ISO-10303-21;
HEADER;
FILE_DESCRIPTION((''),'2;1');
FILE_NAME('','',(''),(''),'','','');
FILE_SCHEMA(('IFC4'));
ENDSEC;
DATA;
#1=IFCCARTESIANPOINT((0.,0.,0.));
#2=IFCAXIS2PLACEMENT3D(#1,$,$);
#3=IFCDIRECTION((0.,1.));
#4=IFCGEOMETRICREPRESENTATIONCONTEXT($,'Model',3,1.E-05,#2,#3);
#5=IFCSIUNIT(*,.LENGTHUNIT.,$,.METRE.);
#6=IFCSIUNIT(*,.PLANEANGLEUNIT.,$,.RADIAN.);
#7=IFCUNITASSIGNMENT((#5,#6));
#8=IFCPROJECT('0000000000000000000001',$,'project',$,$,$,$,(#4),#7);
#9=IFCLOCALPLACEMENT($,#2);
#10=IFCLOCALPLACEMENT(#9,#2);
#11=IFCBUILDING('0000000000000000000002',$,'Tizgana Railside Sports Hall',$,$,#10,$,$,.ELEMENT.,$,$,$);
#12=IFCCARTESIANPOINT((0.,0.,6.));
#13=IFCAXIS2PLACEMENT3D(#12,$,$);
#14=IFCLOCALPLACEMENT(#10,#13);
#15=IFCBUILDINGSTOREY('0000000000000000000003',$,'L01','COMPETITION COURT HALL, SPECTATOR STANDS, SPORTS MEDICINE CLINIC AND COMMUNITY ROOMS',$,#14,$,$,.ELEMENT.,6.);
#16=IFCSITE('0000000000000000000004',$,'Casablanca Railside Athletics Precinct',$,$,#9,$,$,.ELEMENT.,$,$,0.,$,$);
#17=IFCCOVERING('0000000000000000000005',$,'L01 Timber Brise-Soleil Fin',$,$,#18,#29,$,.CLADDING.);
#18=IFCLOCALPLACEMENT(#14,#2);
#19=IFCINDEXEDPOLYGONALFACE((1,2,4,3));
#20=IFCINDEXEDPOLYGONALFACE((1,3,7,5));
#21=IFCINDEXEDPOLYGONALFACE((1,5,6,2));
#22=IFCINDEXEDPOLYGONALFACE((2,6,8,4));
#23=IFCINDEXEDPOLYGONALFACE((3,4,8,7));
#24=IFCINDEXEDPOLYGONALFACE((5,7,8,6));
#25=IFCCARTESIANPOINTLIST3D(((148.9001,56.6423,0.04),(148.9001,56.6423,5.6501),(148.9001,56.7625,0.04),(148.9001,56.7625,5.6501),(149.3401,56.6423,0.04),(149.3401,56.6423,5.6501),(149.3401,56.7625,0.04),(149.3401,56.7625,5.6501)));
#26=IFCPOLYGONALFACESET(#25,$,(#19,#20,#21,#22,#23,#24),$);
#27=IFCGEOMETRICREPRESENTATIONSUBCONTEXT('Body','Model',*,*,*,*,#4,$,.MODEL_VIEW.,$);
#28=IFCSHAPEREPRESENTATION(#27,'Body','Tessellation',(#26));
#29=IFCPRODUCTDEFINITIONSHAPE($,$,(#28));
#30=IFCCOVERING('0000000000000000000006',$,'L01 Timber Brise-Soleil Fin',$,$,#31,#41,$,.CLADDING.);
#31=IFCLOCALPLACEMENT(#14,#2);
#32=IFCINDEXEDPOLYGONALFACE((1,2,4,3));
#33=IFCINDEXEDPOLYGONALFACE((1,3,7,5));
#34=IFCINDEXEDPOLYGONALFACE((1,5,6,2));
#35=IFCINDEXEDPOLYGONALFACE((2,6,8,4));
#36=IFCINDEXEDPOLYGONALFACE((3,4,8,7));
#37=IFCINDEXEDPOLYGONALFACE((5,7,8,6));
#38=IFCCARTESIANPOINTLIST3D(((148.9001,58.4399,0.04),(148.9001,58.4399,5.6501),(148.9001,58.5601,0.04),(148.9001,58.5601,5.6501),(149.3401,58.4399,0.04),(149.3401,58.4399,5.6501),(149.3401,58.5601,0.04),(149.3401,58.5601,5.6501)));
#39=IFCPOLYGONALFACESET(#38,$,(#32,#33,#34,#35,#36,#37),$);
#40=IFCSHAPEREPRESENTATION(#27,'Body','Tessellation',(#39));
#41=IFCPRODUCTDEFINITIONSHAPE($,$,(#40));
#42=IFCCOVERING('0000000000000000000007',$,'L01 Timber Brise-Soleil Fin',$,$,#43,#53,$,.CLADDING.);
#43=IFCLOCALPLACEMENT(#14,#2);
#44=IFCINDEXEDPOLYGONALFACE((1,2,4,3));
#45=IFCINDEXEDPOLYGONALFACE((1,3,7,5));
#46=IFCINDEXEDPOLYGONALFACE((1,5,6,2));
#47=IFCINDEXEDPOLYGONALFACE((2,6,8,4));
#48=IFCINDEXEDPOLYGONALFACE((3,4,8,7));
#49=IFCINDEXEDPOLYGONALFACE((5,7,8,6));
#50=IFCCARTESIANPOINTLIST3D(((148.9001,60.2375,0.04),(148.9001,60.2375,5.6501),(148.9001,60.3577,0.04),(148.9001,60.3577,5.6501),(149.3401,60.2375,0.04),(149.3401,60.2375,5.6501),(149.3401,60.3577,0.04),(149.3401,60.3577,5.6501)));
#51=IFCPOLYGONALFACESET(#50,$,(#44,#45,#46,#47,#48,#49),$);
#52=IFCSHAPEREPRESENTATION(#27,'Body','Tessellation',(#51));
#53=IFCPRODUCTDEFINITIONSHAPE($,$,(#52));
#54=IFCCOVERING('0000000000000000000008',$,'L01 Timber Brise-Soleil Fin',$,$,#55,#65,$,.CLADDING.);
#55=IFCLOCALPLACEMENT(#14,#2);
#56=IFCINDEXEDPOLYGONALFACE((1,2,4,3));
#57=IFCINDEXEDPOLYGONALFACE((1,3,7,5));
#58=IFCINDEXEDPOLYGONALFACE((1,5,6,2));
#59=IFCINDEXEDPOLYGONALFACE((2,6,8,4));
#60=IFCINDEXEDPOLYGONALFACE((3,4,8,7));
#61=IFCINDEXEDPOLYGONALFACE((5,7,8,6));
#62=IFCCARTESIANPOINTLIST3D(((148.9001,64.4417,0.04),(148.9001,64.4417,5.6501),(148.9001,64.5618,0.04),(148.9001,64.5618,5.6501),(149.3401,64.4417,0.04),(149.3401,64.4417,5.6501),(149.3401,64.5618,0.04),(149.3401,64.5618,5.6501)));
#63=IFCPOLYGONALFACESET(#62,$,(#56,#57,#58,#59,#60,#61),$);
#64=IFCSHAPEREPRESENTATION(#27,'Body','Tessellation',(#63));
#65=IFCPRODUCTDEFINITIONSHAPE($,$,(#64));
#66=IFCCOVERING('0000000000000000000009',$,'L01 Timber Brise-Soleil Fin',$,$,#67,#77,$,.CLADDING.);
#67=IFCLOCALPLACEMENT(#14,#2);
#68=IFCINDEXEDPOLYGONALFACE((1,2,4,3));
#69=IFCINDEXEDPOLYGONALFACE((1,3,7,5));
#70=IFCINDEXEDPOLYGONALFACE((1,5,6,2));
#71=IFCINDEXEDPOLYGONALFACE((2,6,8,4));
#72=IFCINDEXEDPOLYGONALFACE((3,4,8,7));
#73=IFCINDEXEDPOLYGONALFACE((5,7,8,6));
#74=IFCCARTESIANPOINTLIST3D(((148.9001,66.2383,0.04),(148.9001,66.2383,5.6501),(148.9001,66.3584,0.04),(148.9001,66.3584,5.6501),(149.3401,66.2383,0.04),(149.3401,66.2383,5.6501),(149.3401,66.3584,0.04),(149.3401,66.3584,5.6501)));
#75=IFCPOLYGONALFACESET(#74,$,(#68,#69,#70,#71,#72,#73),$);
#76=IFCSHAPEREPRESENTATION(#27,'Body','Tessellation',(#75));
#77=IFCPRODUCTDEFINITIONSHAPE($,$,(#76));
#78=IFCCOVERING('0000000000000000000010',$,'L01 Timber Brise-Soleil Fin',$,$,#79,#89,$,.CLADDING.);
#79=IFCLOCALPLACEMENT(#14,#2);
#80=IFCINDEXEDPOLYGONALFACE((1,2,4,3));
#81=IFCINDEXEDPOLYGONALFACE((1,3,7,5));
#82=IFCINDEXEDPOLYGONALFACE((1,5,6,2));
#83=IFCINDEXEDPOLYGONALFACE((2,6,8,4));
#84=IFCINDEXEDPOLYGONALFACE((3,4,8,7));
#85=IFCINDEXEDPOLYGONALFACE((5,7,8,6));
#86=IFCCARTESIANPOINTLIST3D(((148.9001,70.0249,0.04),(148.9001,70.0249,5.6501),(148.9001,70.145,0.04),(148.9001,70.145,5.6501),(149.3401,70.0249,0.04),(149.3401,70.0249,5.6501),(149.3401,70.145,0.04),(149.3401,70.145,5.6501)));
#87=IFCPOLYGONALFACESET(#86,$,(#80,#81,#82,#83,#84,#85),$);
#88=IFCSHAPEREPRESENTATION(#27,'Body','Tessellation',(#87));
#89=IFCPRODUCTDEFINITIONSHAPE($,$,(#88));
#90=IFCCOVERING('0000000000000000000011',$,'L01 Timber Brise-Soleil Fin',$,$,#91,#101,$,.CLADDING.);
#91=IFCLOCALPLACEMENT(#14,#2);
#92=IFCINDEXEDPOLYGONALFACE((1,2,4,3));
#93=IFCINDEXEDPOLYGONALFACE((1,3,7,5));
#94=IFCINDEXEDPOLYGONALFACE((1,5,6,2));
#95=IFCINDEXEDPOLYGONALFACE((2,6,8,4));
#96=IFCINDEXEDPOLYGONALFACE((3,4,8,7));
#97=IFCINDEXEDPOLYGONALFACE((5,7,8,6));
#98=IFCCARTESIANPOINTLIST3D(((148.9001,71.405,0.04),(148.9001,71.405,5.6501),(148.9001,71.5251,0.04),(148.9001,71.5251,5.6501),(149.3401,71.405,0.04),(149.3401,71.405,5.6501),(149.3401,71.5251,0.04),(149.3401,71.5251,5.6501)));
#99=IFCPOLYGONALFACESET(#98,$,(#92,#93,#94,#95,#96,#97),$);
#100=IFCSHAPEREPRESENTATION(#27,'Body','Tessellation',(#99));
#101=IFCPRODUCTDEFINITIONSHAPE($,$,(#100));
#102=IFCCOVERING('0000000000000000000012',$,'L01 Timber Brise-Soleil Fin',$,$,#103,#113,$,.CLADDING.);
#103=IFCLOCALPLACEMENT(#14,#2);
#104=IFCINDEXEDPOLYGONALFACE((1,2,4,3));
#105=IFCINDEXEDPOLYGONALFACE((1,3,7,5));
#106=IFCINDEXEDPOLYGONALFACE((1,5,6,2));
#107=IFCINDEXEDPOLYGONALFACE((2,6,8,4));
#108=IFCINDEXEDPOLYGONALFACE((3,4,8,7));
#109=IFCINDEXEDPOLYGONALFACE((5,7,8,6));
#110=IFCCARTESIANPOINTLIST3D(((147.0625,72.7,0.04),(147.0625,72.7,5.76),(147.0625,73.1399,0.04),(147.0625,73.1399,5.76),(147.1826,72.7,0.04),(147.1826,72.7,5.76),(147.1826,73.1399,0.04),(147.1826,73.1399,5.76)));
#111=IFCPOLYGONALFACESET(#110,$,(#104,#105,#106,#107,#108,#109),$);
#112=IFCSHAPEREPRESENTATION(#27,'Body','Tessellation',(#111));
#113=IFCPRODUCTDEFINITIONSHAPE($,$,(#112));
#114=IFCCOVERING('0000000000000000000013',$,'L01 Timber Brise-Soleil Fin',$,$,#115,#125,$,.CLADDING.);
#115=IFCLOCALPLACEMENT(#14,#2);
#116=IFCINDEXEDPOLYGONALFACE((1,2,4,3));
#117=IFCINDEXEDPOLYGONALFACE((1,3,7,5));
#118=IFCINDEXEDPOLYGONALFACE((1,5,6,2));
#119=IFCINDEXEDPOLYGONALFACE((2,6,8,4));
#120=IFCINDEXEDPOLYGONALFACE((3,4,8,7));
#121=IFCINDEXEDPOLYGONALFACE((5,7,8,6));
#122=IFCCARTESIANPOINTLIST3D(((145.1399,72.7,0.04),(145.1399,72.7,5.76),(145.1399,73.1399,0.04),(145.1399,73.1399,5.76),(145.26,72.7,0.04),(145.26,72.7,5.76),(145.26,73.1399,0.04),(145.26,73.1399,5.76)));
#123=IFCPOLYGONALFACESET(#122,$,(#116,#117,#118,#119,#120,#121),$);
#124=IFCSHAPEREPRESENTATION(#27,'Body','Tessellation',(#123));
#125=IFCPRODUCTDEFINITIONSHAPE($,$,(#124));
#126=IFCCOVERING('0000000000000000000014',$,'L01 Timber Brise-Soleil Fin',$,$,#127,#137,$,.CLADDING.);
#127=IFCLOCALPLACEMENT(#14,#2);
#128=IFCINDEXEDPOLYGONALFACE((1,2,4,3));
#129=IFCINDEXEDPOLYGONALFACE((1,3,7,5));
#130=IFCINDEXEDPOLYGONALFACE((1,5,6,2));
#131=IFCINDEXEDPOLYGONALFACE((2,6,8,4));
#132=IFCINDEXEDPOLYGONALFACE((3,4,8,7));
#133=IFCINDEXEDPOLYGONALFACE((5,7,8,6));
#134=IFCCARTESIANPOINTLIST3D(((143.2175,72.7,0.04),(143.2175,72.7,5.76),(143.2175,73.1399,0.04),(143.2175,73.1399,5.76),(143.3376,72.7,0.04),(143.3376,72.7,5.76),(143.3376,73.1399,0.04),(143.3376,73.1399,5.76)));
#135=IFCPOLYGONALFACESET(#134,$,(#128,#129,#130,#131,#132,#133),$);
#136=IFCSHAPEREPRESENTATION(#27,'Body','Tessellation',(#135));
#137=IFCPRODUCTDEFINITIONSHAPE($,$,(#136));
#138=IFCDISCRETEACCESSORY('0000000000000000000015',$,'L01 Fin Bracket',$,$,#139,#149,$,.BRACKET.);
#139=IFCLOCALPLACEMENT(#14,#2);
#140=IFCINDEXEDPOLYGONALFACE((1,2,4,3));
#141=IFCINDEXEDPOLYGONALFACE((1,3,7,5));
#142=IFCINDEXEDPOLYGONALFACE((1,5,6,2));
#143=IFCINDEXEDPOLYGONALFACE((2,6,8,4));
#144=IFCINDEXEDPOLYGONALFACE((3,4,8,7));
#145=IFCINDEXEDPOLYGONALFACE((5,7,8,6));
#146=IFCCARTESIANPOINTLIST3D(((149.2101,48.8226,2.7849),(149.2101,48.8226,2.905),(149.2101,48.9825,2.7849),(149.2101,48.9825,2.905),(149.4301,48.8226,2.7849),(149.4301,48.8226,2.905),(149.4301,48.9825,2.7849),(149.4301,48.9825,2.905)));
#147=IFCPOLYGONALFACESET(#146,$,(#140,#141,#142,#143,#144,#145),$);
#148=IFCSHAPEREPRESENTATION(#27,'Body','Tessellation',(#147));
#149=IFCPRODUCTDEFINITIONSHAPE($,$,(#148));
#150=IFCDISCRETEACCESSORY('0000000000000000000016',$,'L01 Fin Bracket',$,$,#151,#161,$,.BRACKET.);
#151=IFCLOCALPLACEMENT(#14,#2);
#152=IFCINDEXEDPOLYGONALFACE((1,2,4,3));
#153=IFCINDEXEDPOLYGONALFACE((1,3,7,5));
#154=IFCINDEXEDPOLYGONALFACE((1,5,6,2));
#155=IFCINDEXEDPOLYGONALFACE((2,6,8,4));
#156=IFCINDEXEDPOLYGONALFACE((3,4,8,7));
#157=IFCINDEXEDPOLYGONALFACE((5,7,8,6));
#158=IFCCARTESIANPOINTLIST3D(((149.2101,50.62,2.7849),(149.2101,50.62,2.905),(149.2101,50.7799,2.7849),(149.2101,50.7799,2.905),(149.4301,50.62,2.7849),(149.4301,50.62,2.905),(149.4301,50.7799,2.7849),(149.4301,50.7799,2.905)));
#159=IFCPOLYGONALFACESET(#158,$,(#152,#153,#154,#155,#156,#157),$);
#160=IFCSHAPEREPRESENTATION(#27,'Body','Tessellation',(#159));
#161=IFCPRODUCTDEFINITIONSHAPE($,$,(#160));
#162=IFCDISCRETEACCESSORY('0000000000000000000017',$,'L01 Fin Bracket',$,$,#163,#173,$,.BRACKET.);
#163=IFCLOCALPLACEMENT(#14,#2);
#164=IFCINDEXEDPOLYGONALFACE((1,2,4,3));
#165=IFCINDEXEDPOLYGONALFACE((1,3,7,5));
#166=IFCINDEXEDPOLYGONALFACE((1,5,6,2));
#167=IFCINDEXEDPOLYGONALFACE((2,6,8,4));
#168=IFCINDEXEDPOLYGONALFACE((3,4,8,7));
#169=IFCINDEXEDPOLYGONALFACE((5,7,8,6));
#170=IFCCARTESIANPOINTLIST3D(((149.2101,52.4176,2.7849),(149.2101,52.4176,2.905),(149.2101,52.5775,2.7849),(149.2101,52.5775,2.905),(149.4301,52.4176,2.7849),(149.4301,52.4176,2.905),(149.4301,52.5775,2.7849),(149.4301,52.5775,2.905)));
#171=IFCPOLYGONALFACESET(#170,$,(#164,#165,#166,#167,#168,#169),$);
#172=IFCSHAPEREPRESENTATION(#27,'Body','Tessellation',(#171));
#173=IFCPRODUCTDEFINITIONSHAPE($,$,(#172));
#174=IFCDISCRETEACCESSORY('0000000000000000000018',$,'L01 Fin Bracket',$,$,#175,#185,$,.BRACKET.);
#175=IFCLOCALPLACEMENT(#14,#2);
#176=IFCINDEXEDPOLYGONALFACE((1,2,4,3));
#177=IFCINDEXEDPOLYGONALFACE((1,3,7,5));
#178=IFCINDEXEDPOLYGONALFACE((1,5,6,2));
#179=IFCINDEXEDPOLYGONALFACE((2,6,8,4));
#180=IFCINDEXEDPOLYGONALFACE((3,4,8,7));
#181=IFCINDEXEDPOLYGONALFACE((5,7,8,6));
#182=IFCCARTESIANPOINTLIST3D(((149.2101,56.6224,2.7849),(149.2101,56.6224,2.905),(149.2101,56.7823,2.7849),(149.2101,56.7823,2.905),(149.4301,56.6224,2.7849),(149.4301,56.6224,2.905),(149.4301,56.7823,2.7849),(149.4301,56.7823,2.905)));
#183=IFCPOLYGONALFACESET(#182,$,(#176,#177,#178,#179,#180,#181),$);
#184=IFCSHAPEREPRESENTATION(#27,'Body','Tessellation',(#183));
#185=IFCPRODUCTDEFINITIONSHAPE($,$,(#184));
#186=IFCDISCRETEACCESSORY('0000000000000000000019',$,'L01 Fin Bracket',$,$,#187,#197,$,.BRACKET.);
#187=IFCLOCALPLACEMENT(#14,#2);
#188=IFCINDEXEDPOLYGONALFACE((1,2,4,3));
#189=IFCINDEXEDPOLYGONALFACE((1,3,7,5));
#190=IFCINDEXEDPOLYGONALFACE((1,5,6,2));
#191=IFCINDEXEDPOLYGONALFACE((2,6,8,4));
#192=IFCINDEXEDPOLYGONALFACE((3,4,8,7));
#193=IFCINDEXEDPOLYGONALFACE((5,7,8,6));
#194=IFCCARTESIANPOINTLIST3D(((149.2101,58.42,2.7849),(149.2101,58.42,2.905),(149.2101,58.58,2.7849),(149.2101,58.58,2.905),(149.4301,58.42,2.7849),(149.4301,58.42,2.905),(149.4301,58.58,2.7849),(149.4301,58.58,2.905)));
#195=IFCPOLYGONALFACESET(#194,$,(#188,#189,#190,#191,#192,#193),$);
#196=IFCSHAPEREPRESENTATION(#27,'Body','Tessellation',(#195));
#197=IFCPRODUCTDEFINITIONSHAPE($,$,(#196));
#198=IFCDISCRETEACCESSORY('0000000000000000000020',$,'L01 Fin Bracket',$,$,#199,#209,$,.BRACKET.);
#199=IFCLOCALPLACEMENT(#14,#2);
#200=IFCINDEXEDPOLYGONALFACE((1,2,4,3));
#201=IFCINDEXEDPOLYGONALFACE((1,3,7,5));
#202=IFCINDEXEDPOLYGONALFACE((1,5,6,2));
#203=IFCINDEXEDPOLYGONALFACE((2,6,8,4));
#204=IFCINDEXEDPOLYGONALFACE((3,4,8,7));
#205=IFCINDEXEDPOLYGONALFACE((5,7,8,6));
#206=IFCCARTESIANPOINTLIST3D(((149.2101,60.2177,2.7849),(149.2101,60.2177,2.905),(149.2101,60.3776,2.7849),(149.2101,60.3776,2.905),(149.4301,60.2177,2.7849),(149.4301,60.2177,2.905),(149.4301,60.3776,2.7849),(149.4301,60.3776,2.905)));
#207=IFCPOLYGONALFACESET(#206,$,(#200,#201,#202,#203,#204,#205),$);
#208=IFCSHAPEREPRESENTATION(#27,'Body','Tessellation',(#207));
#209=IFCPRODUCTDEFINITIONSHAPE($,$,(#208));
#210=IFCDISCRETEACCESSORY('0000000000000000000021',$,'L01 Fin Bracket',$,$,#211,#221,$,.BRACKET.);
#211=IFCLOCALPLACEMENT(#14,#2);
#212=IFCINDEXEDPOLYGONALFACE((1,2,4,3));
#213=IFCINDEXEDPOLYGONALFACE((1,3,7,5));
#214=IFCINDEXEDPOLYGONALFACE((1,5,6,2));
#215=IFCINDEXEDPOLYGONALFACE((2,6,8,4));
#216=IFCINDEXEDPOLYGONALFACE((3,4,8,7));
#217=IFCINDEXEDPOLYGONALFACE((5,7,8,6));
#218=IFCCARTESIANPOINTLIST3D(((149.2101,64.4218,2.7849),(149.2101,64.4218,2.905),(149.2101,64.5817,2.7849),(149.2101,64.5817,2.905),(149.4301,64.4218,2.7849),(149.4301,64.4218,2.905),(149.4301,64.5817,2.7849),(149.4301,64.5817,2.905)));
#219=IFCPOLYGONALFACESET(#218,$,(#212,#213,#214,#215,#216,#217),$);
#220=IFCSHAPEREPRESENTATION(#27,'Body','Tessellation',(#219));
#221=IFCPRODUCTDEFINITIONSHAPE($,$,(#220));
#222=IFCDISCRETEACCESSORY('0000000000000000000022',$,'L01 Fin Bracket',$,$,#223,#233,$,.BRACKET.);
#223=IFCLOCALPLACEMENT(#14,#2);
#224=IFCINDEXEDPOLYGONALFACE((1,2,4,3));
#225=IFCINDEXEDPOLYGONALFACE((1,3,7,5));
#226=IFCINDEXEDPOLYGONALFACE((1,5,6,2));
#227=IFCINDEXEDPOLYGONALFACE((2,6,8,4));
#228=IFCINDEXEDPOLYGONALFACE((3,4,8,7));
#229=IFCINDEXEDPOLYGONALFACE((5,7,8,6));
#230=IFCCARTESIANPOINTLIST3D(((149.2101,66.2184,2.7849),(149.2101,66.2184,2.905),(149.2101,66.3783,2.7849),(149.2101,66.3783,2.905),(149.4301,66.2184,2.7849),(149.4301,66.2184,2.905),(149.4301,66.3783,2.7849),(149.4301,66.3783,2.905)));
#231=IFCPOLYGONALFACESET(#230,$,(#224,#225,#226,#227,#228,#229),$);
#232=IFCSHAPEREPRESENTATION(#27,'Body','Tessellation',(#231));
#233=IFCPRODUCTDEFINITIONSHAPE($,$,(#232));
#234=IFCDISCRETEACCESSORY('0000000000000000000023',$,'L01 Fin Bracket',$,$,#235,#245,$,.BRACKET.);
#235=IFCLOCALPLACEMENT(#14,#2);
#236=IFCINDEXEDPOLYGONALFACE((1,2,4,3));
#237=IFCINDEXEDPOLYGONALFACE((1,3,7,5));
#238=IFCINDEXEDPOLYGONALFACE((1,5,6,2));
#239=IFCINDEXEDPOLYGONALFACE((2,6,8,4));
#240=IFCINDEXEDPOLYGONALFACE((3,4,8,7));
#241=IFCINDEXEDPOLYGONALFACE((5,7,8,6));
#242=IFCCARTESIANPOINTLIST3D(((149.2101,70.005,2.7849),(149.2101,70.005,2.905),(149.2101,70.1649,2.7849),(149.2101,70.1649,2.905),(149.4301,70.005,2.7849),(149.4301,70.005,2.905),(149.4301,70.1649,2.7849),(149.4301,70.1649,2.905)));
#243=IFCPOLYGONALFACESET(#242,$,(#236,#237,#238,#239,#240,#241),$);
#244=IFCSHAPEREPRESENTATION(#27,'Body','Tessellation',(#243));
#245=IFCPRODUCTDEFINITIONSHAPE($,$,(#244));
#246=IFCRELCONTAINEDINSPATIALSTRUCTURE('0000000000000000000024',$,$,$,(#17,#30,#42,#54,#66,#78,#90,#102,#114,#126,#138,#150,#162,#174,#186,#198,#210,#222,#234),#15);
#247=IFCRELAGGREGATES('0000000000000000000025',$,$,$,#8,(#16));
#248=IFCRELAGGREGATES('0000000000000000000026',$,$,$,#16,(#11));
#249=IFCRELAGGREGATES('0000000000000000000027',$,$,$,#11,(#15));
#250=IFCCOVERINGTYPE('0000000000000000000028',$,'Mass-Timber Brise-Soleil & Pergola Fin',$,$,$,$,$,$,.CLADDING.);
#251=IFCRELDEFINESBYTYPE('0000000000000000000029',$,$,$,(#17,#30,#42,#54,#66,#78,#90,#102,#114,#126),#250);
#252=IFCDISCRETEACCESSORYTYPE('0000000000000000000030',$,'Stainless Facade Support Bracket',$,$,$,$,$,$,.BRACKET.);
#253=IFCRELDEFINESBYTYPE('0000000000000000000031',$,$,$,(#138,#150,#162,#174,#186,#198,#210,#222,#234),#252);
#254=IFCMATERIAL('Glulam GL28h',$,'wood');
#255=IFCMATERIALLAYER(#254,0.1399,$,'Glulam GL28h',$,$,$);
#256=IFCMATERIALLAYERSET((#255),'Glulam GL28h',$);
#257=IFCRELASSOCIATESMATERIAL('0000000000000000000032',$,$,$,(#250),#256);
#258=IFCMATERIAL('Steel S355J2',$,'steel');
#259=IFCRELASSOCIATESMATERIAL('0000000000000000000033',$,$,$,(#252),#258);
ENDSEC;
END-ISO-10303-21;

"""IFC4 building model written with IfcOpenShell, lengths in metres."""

from ifc_helpers import new_model, si_unit, direction, frame, origin, origin_2d, place, context, subcontext, project, spatial, rectangle, extrude, material, layer, layer_set, type_object, element, save


model = new_model("IFC4")

# Units and contexts
model_context = context("Model", 3, precision=1e-05, world=origin(), true_north=direction((0.0, 1.0)))
body_context = subcontext(model_context, "Body", "Model", "MODEL_VIEW")
ifc_project = project(units=[si_unit("LENGTHUNIT", "METRE"), si_unit("PLANEANGLEUNIT", "RADIAN")], contexts=[model_context])

# Site, building, storey
site_placement = place(None, origin())
site = spatial("IfcSite", under=ifc_project, at=site_placement, Name="Casablanca Railside Athletics Precinct", CompositionType="ELEMENT", RefElevation=0.0)
building_placement = place(site_placement, origin())
building = spatial("IfcBuilding", under=site, at=building_placement, Name="Tizgana Railside Sports Hall", CompositionType="ELEMENT")
storey_placement = place(building_placement, frame((0.0, 0.0, 6.0)))
storey = spatial("IfcBuildingStorey", under=building, at=storey_placement, Name="L01", Description="COMPETITION COURT HALL, SPECTATOR STANDS, SPORTS MEDICINE CLINIC AND COMMUNITY ROOMS", CompositionType="ELEMENT", Elevation=6.0)

# Coverings
ifc_material_1 = material(Name="Glulam GL28h", Category="wood")
ifc_layer_1 = layer(ifc_material_1, 0.1399, Name="Glulam GL28h")
ifc_layer_set_1 = layer_set([ifc_layer_1], Name="Glulam GL28h")
covering_type = type_object("IfcCoveringType", Name="Mass-Timber Brise-Soleil & Pergola Fin", PredefinedType="CLADDING", material=ifc_layer_set_1)
for number, where, z_axis, x_axis, name in (
    (1, (149.1201, 56.7024, 0.04), (0.0, 0.0, 1.0), (0.0, 1.0, 0.0), "L01 Timber Brise-Soleil Fin"),
    (2, (149.1201, 58.5, 0.04), (0.0, 0.0, 1.0), (0.0, 1.0, 0.0), "L01 Timber Brise-Soleil Fin"),
    (3, (149.1201, 60.2976, 0.04), (0.0, 0.0, 1.0), (0.0, 1.0, 0.0), "L01 Timber Brise-Soleil Fin"),
    (4, (149.1201, 64.5017, 0.04), (0.0, 0.0, 1.0), (0.0, 1.0, 0.0), "L01 Timber Brise-Soleil Fin"),
    (5, (149.1201, 66.2983, 0.04), (0.0, 0.0, 1.0), (0.0, 1.0, 0.0), "L01 Timber Brise-Soleil Fin"),
    (6, (149.1201, 70.085, 0.04), (0.0, 0.0, 1.0), (0.0, 1.0, 0.0), "L01 Timber Brise-Soleil Fin"),
    (7, (149.1201, 71.4651, 0.04), (0.0, 0.0, 1.0), (0.0, 1.0, 0.0), "L01 Timber Brise-Soleil Fin"),
):
    element("IfcCovering", number, at=place(storey_placement, frame(where, z_axis=z_axis, x_axis=x_axis)), inside=storey, type_object=covering_type, Name=name, PredefinedType="CLADDING", context=body_context, shape_type="SweptSolid", body=[
        extrude(rectangle(XDim=0.1201, YDim=0.4399, at=origin_2d()), origin(), (0.0, 0.0, 1.0), 5.6101),
    ])
for number, where, z_axis, x_axis, name in (
    (8, (147.1226, 72.9199, 0.04), (0.0, 0.0, 1.0), (-1.0, 0.0, 0.0), "L01 Timber Brise-Soleil Fin"),
    (9, (145.2, 72.9199, 0.04), (0.0, 0.0, 1.0), (-1.0, 0.0, 0.0), "L01 Timber Brise-Soleil Fin"),
    (10, (143.2776, 72.9199, 0.04), (0.0, 0.0, 1.0), (-1.0, 0.0, 0.0), "L01 Timber Brise-Soleil Fin"),
):
    element("IfcCovering", number, at=place(storey_placement, frame(where, z_axis=z_axis, x_axis=x_axis)), inside=storey, type_object=covering_type, Name=name, PredefinedType="CLADDING", context=body_context, shape_type="SweptSolid", body=[
        extrude(rectangle(XDim=0.1201, YDim=0.4399, at=origin_2d()), origin(), (0.0, 0.0, 1.0), 5.72),
    ])

# Discrete accessories
ifc_material_2 = material(Name="Steel S355J2", Category="steel")
discrete_accessory_type = type_object("IfcDiscreteAccessoryType", Name="Stainless Facade Support Bracket", PredefinedType="BRACKET", material=ifc_material_2)
for number, where, z_axis, x_axis, name in (
    (11, (149.3201, 48.9026, 2.7849), (0.0, 0.0, 1.0), (0.0, 1.0, 0.0), "L01 Fin Bracket"),
    (12, (149.3201, 50.7, 2.7849), (0.0, 0.0, 1.0), (0.0, 1.0, 0.0), "L01 Fin Bracket"),
    (13, (149.3201, 52.4976, 2.7849), (0.0, 0.0, 1.0), (0.0, 1.0, 0.0), "L01 Fin Bracket"),
    (14, (149.3201, 56.7024, 2.7849), (0.0, 0.0, 1.0), (0.0, 1.0, 0.0), "L01 Fin Bracket"),
    (15, (149.3201, 58.5, 2.7849), (0.0, 0.0, 1.0), (0.0, 1.0, 0.0), "L01 Fin Bracket"),
    (16, (149.3201, 60.2976, 2.7849), (0.0, 0.0, 1.0), (0.0, 1.0, 0.0), "L01 Fin Bracket"),
    (17, (149.3201, 64.5017, 2.7849), (0.0, 0.0, 1.0), (0.0, 1.0, 0.0), "L01 Fin Bracket"),
    (18, (149.3201, 66.2983, 2.7849), (0.0, 0.0, 1.0), (0.0, 1.0, 0.0), "L01 Fin Bracket"),
    (19, (149.3201, 70.085, 2.7849), (0.0, 0.0, 1.0), (0.0, 1.0, 0.0), "L01 Fin Bracket"),
):
    element("IfcDiscreteAccessory", number, at=place(storey_placement, frame(where, z_axis=z_axis, x_axis=x_axis)), inside=storey, type_object=discrete_accessory_type, Name=name, PredefinedType="BRACKET", context=body_context, shape_type="SweptSolid", body=[
        extrude(rectangle(XDim=0.1599, YDim=0.22, at=origin_2d()), origin(), (0.0, 0.0, 1.0), 0.1201),
    ])

save(model, "model.ifc")
